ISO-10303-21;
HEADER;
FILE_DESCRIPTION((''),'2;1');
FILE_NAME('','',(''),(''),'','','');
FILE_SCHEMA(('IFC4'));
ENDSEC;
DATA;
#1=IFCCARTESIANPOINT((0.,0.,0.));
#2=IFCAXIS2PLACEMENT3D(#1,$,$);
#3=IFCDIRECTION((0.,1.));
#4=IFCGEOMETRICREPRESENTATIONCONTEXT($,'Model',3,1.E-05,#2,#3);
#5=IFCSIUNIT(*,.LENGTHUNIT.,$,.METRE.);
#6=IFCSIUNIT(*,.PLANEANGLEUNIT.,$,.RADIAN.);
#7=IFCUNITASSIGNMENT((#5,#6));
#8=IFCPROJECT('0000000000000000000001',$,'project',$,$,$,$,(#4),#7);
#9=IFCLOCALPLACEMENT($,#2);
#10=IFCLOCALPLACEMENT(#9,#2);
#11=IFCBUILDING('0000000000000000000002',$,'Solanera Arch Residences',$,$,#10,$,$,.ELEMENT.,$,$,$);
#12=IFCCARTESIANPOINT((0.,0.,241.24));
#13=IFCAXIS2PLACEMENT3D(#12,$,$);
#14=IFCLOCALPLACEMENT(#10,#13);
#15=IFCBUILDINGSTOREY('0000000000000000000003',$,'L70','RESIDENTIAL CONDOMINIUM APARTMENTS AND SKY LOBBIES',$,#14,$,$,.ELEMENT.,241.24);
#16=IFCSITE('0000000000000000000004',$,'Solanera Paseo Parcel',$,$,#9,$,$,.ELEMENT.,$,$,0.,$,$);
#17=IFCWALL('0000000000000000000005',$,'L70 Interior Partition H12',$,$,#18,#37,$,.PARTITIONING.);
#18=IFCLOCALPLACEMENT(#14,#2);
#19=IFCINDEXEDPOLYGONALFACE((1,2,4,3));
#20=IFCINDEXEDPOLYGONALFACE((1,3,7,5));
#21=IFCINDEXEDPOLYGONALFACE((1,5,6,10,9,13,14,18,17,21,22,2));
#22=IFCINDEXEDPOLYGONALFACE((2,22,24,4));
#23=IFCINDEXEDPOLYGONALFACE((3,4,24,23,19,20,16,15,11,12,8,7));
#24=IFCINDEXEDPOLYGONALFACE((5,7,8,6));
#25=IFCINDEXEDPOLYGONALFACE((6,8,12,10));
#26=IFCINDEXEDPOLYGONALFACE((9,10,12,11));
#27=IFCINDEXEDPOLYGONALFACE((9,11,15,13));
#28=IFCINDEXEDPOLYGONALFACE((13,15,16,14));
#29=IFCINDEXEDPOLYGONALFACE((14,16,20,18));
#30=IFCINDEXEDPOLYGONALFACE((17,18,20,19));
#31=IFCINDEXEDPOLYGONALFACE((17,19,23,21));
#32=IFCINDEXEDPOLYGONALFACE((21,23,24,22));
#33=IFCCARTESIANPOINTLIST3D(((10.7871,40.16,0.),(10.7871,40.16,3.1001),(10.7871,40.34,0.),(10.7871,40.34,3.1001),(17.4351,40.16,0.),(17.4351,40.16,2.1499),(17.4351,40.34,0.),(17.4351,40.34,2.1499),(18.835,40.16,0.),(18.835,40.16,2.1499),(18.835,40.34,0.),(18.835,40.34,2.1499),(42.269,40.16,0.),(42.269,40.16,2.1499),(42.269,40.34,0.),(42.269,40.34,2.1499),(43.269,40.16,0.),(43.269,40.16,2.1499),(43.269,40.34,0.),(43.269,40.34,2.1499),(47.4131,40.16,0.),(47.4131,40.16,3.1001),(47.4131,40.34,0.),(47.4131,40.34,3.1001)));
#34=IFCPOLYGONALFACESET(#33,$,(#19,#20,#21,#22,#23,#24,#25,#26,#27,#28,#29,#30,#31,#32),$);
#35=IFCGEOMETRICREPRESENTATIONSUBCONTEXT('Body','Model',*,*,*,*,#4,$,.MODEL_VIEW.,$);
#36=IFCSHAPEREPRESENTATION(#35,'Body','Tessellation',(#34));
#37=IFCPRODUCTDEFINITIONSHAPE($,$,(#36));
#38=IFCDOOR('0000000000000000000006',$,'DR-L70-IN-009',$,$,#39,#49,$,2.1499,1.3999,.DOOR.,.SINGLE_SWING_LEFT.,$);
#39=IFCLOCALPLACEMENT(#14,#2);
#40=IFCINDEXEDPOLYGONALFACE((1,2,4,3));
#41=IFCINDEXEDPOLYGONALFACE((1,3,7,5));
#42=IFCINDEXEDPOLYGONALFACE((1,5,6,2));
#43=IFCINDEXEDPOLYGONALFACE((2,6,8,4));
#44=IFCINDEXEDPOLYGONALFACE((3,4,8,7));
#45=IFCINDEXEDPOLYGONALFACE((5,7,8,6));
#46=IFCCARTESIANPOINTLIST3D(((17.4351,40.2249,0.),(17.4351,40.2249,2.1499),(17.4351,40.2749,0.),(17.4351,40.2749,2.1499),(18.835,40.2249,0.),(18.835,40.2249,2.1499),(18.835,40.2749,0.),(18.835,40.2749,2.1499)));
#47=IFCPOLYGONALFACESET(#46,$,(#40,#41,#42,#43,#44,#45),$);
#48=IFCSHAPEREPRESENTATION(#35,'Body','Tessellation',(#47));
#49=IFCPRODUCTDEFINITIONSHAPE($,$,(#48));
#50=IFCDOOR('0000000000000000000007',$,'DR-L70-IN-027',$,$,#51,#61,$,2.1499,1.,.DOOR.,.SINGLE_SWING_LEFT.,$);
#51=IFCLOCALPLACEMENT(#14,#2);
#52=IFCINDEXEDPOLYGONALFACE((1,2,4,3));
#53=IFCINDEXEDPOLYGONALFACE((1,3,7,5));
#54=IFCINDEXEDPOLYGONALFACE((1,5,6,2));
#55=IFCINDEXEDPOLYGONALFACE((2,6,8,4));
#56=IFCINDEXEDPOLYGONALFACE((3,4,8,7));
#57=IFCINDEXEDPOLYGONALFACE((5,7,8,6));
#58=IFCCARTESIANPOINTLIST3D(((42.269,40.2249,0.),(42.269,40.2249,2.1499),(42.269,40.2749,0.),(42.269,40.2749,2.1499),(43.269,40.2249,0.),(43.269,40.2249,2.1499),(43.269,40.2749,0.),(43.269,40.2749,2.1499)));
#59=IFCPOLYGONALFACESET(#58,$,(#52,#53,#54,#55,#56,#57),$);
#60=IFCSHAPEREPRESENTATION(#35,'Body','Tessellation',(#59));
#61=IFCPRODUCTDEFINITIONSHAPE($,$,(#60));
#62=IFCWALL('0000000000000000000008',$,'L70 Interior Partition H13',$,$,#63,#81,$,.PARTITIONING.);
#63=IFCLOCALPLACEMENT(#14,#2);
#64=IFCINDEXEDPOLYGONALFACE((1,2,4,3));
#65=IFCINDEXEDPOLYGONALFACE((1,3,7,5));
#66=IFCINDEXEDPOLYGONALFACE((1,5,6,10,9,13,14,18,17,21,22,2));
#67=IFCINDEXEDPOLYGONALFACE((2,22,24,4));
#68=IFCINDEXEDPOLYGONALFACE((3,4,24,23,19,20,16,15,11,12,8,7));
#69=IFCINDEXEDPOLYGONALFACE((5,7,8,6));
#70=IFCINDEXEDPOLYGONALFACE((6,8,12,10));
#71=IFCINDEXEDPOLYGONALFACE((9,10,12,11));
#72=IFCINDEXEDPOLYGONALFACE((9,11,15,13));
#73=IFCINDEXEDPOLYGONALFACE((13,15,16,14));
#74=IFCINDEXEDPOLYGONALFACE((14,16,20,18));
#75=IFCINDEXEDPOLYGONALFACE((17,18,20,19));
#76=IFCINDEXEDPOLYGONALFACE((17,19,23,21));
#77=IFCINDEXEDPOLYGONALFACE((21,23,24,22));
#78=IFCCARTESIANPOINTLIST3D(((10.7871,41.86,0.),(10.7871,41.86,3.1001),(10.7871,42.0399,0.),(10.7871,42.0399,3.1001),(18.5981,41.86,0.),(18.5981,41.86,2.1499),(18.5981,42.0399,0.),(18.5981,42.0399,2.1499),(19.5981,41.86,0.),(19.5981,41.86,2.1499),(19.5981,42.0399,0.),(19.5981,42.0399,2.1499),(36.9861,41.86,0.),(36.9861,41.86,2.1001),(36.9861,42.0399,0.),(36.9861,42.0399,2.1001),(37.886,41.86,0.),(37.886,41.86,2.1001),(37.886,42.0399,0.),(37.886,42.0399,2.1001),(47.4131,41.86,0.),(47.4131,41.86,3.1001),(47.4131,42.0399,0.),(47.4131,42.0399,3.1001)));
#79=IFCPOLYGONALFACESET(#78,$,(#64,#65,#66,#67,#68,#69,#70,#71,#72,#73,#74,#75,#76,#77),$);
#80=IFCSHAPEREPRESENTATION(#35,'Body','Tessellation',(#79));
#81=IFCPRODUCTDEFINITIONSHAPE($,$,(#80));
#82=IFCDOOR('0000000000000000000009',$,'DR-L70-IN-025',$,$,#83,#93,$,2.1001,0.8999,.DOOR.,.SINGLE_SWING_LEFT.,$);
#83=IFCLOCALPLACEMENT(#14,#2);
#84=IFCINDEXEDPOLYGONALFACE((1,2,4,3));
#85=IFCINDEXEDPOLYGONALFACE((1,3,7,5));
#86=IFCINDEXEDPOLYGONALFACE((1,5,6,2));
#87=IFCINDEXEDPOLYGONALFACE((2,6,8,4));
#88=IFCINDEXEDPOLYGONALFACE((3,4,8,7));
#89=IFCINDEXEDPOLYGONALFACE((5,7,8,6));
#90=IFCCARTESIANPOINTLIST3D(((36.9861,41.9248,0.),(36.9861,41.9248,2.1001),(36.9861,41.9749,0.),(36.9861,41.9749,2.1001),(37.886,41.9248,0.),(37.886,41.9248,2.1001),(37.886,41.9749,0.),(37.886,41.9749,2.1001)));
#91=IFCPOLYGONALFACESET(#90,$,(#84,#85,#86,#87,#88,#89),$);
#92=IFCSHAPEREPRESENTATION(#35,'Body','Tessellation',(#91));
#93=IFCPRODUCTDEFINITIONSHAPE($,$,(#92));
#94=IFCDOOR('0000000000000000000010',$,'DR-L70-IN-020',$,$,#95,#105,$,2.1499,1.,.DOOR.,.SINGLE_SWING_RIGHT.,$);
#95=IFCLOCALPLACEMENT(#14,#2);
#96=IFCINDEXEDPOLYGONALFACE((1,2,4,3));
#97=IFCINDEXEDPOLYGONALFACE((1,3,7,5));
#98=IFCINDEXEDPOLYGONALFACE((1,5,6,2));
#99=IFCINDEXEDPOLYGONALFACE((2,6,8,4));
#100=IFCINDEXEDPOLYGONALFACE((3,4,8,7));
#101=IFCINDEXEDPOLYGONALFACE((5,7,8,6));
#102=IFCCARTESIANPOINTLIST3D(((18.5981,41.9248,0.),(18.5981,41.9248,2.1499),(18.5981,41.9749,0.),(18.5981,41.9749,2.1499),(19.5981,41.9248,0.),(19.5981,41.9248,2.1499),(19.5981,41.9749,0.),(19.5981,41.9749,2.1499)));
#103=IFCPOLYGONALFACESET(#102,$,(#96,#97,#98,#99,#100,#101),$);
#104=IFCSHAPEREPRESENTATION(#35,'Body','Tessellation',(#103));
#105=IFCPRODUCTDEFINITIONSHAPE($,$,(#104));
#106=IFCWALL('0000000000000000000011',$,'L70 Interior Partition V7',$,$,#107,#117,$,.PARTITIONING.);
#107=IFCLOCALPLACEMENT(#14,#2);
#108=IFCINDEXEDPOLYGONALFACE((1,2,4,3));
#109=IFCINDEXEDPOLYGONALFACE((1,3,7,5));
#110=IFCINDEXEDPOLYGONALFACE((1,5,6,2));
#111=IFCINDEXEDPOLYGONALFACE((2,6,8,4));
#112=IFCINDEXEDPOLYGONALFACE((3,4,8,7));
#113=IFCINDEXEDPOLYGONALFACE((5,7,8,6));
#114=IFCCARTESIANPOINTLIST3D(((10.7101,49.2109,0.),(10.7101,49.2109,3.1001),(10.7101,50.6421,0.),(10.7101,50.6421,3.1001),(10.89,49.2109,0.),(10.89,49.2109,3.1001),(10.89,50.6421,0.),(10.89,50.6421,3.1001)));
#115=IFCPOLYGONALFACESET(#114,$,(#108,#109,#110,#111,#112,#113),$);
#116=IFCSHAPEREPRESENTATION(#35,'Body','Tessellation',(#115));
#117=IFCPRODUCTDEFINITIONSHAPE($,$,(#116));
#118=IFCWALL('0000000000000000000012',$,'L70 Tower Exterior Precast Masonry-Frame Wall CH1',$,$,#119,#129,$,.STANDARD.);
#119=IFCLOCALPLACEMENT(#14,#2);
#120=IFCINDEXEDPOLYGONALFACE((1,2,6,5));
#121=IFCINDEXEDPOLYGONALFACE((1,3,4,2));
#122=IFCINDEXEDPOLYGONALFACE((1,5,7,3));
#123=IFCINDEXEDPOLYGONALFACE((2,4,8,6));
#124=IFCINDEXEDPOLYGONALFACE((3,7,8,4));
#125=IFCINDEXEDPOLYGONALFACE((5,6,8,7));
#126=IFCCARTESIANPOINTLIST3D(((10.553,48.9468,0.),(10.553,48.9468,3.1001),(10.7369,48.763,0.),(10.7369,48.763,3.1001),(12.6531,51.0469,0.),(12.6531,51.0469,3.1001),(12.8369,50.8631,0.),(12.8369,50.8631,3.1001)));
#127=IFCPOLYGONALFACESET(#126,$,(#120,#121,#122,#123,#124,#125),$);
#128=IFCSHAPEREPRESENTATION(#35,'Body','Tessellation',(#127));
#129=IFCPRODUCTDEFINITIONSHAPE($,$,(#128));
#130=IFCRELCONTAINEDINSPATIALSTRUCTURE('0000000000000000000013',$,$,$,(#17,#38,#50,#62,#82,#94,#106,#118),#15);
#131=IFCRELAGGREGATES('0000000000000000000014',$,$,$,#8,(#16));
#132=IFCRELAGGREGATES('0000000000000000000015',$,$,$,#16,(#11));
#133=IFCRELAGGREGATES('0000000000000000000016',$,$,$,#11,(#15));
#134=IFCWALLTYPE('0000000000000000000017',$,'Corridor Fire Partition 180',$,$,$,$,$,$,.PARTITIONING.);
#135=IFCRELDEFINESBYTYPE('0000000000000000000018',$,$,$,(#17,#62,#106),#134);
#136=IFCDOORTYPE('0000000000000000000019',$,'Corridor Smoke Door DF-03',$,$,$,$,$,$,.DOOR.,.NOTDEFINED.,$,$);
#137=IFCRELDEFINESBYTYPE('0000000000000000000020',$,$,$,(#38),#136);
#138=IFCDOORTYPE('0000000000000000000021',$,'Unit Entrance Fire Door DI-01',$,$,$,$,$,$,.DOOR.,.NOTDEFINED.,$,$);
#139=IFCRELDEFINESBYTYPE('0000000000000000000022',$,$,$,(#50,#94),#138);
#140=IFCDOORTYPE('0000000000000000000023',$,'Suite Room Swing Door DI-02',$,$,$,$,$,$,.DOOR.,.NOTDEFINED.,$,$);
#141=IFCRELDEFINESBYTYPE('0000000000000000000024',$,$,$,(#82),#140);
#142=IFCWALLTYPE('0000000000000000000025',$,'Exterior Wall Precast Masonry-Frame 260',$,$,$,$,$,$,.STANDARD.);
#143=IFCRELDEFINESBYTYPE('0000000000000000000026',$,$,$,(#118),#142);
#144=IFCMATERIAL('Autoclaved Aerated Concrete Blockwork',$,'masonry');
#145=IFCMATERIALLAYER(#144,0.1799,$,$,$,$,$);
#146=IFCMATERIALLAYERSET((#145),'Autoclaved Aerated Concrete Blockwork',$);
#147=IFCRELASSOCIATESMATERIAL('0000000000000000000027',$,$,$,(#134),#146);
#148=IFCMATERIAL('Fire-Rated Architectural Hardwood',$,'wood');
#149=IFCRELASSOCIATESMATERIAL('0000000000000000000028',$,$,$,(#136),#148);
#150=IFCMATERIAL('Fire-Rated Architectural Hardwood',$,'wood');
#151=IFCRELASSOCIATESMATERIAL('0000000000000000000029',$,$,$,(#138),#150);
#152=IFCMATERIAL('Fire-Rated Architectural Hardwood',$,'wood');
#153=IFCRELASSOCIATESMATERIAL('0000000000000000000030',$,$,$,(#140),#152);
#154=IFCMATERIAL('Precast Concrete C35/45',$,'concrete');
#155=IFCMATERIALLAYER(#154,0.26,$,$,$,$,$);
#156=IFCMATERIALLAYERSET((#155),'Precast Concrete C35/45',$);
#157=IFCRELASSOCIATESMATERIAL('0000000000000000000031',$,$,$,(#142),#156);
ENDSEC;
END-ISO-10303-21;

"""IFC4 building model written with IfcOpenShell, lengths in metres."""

from ifc_helpers import new_model, si_unit, direction, frame, frame_2d, origin, place, context, subcontext, project, spatial, rectangle, extrude, material, layer, layer_set, type_object, element, fill, save


model = new_model("IFC4")

# Units and contexts
model_context = context("Model", 3, precision=1e-05, world=origin(), true_north=direction((0.0, 1.0)))
body_context = subcontext(model_context, "Body", "Model", "MODEL_VIEW")
ifc_project = project(units=[si_unit("LENGTHUNIT", "METRE"), si_unit("PLANEANGLEUNIT", "RADIAN")], contexts=[model_context])

# Site, building, storey
site_placement = place(None, origin())
site = spatial("IfcSite", under=ifc_project, at=site_placement, Name="Solanera Paseo Parcel", CompositionType="ELEMENT", RefElevation=0.0)
building_placement = place(site_placement, origin())
building = spatial("IfcBuilding", under=site, at=building_placement, Name="Solanera Arch Residences", CompositionType="ELEMENT")
storey_placement = place(building_placement, frame((0.0, 0.0, 241.24)))
storey = spatial("IfcBuildingStorey", under=building, at=storey_placement, Name="L70", Description="RESIDENTIAL CONDOMINIUM APARTMENTS AND SKY LOBBIES", CompositionType="ELEMENT", Elevation=241.24)

# Walls, openings, doors
ifc_material_1 = material(Name="Autoclaved Aerated Concrete Blockwork", Category="masonry")
ifc_layer_1 = layer(ifc_material_1, 0.1799)
ifc_layer_set_1 = layer_set([ifc_layer_1], Name="Autoclaved Aerated Concrete Blockwork")
wall_type_1 = type_object("IfcWallType", Name="Corridor Fire Partition 180", PredefinedType="PARTITIONING", material=ifc_layer_set_1)
wall_1_placement = place(storey_placement, frame((10.7871, 40.25, 0.0), z_axis=(0.0, 0.0, 1.0), x_axis=(1.0, 0.0, 0.0)))
wall_1 = element("IfcWall", 1, at=wall_1_placement, inside=storey, type_object=wall_type_1, Name="L70 Interior Partition H12", PredefinedType="PARTITIONING", context=body_context, shape_type="SweptSolid", body=[
    extrude(rectangle(XDim=36.626, YDim=0.1799, at=frame_2d((18.313, 0.0))), origin(), (0.0, 0.0, 1.0), 3.1001),
])
opening_1_placement = place(wall_1_placement, frame((6.6479, 0.0, 0.0)))
opening_1 = element("IfcOpeningElement", 2, at=opening_1_placement, cuts=wall_1, PredefinedType="OPENING", context=body_context, shape_type="SweptSolid", body=[
    extrude(rectangle(XDim=1.3999, YDim=2.1499, at=frame_2d((0.7, 1.075))), frame((0.0, 0.1001, 0.0), z_axis=(0.0, -1.0, 0.0), x_axis=(1.0, 0.0, 0.0)), (0.0, 0.0, 1.0), 0.1999),
])
opening_2_placement = place(wall_1_placement, frame((31.4819, 0.0, 0.0)))
opening_2 = element("IfcOpeningElement", 3, at=opening_2_placement, cuts=wall_1, PredefinedType="OPENING", context=body_context, shape_type="SweptSolid", body=[
    extrude(rectangle(XDim=1.0, YDim=2.1499, at=frame_2d((0.5, 1.075))), frame((0.0, 0.1001, 0.0), z_axis=(0.0, -1.0, 0.0), x_axis=(1.0, 0.0, 0.0)), (0.0, 0.0, 1.0), 0.1999),
])
ifc_material_2 = material(Name="Fire-Rated Architectural Hardwood", Category="wood")
door_type_1 = type_object("IfcDoorType", Name="Corridor Smoke Door DF-03", OperationType="NOTDEFINED", PredefinedType="DOOR", material=ifc_material_2)
door_1_placement = place(opening_1_placement, origin())
door_1 = element("IfcDoor", 4, at=door_1_placement, inside=storey, type_object=door_type_1, Name="DR-L70-IN-009", OperationType="SINGLE_SWING_LEFT", OverallHeight=2.1499, OverallWidth=1.3999, PredefinedType="DOOR", context=body_context, shape_type="SweptSolid", body=[
    extrude(rectangle(XDim=1.3999, YDim=2.1499, at=frame_2d((0.7, 1.075))), frame((0.0, 0.0249, 0.0), z_axis=(0.0, -1.0, 0.0), x_axis=(1.0, 0.0, 0.0)), (0.0, 0.0, 1.0), 0.05),
])
fill(opening_1, door_1)
ifc_material_3 = material(Name="Fire-Rated Architectural Hardwood", Category="wood")
door_type_2 = type_object("IfcDoorType", Name="Unit Entrance Fire Door DI-01", OperationType="NOTDEFINED", PredefinedType="DOOR", material=ifc_material_3)
door_2_placement = place(opening_2_placement, origin())
door_2 = element("IfcDoor", 5, at=door_2_placement, inside=storey, type_object=door_type_2, Name="DR-L70-IN-027", OperationType="SINGLE_SWING_LEFT", OverallHeight=2.1499, OverallWidth=1.0, PredefinedType="DOOR", context=body_context, shape_type="SweptSolid", body=[
    extrude(rectangle(XDim=1.0, YDim=2.1499, at=frame_2d((0.5, 1.075))), frame((0.0, 0.0249, 0.0), z_axis=(0.0, -1.0, 0.0), x_axis=(1.0, 0.0, 0.0)), (0.0, 0.0, 1.0), 0.05),
])
fill(opening_2, door_2)
wall_2_placement = place(storey_placement, frame((10.7871, 41.95, 0.0), z_axis=(0.0, 0.0, 1.0), x_axis=(1.0, 0.0, 0.0)))
wall_2 = element("IfcWall", 6, at=wall_2_placement, inside=storey, type_object=wall_type_1, Name="L70 Interior Partition H13", PredefinedType="PARTITIONING", context=body_context, shape_type="SweptSolid", body=[
    extrude(rectangle(XDim=36.626, YDim=0.1799, at=frame_2d((18.313, 0.0))), origin(), (0.0, 0.0, 1.0), 3.1001),
])
opening_3_placement = place(wall_2_placement, frame((7.811, 0.0, 0.0)))
opening_3 = element("IfcOpeningElement", 7, at=opening_3_placement, cuts=wall_2, PredefinedType="OPENING", context=body_context, shape_type="SweptSolid", body=[
    extrude(rectangle(XDim=1.0, YDim=2.1499, at=frame_2d((0.5, 1.075))), frame((0.0, 0.1001, 0.0), z_axis=(0.0, -1.0, 0.0), x_axis=(1.0, 0.0, 0.0)), (0.0, 0.0, 1.0), 0.1999),
])
opening_4_placement = place(wall_2_placement, frame((26.199, 0.0, 0.0)))
opening_4 = element("IfcOpeningElement", 8, at=opening_4_placement, cuts=wall_2, PredefinedType="OPENING", context=body_context, shape_type="SweptSolid", body=[
    extrude(rectangle(XDim=0.8999, YDim=2.1001, at=frame_2d((0.45, 1.05))), frame((0.0, 0.1001, 0.0), z_axis=(0.0, -1.0, 0.0), x_axis=(1.0, 0.0, 0.0)), (0.0, 0.0, 1.0), 0.1999),
])
ifc_material_4 = material(Name="Fire-Rated Architectural Hardwood", Category="wood")
door_type_3 = type_object("IfcDoorType", Name="Suite Room Swing Door DI-02", OperationType="NOTDEFINED", PredefinedType="DOOR", material=ifc_material_4)
door_3_placement = place(opening_4_placement, origin())
door_3 = element("IfcDoor", 9, at=door_3_placement, inside=storey, type_object=door_type_3, Name="DR-L70-IN-025", OperationType="SINGLE_SWING_LEFT", OverallHeight=2.1001, OverallWidth=0.8999, PredefinedType="DOOR", context=body_context, shape_type="SweptSolid", body=[
    extrude(rectangle(XDim=0.8999, YDim=2.1001, at=frame_2d((0.45, 1.05))), frame((0.0, 0.0249, 0.0), z_axis=(0.0, -1.0, 0.0), x_axis=(1.0, 0.0, 0.0)), (0.0, 0.0, 1.0), 0.05),
])
fill(opening_4, door_3)
door_4_placement = place(opening_3_placement, origin())
door_4 = element("IfcDoor", 10, at=door_4_placement, inside=storey, type_object=door_type_2, Name="DR-L70-IN-020", OperationType="SINGLE_SWING_RIGHT", OverallHeight=2.1499, OverallWidth=1.0, PredefinedType="DOOR", context=body_context, shape_type="SweptSolid", body=[
    extrude(rectangle(XDim=1.0, YDim=2.1499, at=frame_2d((0.5, 1.075))), frame((0.0, 0.0249, 0.0), z_axis=(0.0, -1.0, 0.0), x_axis=(1.0, 0.0, 0.0)), (0.0, 0.0, 1.0), 0.05),
])
fill(opening_3, door_4)

# Walls
wall_3_placement = place(storey_placement, frame((10.8, 49.2109, 0.0), z_axis=(0.0, 0.0, 1.0), x_axis=(0.0, 1.0, 0.0)))
element("IfcWall", 11, at=wall_3_placement, inside=storey, type_object=wall_type_1, Name="L70 Interior Partition V7", PredefinedType="PARTITIONING", context=body_context, shape_type="SweptSolid", body=[
    extrude(rectangle(XDim=1.4312, YDim=0.1799, at=frame_2d((0.7156, 0.0))), origin(), (0.0, 0.0, 1.0), 3.1001),
])
ifc_material_5 = material(Name="Precast Concrete C35/45", Category="concrete")
ifc_layer_2 = layer(ifc_material_5, 0.26)
ifc_layer_set_2 = layer_set([ifc_layer_2], Name="Precast Concrete C35/45")
wall_type_2 = type_object("IfcWallType", Name="Exterior Wall Precast Masonry-Frame 260", PredefinedType="STANDARD", material=ifc_layer_set_2)
wall_4_placement = place(storey_placement, frame((10.645, 48.855, 0.0), z_axis=(0.0, 0.0, 1.0), x_axis=(0.707107, 0.707107, 0.0)))
element("IfcWall", 12, at=wall_4_placement, inside=storey, type_object=wall_type_2, Name="L70 Tower Exterior Precast Masonry-Frame Wall CH1", PredefinedType="STANDARD", context=body_context, shape_type="SweptSolid", body=[
    extrude(rectangle(XDim=2.97, YDim=0.26, at=frame_2d((1.4849, 0.0))), origin(), (0.0, 0.0, 1.0), 3.1001),
])

save(model, "model.ifc")
